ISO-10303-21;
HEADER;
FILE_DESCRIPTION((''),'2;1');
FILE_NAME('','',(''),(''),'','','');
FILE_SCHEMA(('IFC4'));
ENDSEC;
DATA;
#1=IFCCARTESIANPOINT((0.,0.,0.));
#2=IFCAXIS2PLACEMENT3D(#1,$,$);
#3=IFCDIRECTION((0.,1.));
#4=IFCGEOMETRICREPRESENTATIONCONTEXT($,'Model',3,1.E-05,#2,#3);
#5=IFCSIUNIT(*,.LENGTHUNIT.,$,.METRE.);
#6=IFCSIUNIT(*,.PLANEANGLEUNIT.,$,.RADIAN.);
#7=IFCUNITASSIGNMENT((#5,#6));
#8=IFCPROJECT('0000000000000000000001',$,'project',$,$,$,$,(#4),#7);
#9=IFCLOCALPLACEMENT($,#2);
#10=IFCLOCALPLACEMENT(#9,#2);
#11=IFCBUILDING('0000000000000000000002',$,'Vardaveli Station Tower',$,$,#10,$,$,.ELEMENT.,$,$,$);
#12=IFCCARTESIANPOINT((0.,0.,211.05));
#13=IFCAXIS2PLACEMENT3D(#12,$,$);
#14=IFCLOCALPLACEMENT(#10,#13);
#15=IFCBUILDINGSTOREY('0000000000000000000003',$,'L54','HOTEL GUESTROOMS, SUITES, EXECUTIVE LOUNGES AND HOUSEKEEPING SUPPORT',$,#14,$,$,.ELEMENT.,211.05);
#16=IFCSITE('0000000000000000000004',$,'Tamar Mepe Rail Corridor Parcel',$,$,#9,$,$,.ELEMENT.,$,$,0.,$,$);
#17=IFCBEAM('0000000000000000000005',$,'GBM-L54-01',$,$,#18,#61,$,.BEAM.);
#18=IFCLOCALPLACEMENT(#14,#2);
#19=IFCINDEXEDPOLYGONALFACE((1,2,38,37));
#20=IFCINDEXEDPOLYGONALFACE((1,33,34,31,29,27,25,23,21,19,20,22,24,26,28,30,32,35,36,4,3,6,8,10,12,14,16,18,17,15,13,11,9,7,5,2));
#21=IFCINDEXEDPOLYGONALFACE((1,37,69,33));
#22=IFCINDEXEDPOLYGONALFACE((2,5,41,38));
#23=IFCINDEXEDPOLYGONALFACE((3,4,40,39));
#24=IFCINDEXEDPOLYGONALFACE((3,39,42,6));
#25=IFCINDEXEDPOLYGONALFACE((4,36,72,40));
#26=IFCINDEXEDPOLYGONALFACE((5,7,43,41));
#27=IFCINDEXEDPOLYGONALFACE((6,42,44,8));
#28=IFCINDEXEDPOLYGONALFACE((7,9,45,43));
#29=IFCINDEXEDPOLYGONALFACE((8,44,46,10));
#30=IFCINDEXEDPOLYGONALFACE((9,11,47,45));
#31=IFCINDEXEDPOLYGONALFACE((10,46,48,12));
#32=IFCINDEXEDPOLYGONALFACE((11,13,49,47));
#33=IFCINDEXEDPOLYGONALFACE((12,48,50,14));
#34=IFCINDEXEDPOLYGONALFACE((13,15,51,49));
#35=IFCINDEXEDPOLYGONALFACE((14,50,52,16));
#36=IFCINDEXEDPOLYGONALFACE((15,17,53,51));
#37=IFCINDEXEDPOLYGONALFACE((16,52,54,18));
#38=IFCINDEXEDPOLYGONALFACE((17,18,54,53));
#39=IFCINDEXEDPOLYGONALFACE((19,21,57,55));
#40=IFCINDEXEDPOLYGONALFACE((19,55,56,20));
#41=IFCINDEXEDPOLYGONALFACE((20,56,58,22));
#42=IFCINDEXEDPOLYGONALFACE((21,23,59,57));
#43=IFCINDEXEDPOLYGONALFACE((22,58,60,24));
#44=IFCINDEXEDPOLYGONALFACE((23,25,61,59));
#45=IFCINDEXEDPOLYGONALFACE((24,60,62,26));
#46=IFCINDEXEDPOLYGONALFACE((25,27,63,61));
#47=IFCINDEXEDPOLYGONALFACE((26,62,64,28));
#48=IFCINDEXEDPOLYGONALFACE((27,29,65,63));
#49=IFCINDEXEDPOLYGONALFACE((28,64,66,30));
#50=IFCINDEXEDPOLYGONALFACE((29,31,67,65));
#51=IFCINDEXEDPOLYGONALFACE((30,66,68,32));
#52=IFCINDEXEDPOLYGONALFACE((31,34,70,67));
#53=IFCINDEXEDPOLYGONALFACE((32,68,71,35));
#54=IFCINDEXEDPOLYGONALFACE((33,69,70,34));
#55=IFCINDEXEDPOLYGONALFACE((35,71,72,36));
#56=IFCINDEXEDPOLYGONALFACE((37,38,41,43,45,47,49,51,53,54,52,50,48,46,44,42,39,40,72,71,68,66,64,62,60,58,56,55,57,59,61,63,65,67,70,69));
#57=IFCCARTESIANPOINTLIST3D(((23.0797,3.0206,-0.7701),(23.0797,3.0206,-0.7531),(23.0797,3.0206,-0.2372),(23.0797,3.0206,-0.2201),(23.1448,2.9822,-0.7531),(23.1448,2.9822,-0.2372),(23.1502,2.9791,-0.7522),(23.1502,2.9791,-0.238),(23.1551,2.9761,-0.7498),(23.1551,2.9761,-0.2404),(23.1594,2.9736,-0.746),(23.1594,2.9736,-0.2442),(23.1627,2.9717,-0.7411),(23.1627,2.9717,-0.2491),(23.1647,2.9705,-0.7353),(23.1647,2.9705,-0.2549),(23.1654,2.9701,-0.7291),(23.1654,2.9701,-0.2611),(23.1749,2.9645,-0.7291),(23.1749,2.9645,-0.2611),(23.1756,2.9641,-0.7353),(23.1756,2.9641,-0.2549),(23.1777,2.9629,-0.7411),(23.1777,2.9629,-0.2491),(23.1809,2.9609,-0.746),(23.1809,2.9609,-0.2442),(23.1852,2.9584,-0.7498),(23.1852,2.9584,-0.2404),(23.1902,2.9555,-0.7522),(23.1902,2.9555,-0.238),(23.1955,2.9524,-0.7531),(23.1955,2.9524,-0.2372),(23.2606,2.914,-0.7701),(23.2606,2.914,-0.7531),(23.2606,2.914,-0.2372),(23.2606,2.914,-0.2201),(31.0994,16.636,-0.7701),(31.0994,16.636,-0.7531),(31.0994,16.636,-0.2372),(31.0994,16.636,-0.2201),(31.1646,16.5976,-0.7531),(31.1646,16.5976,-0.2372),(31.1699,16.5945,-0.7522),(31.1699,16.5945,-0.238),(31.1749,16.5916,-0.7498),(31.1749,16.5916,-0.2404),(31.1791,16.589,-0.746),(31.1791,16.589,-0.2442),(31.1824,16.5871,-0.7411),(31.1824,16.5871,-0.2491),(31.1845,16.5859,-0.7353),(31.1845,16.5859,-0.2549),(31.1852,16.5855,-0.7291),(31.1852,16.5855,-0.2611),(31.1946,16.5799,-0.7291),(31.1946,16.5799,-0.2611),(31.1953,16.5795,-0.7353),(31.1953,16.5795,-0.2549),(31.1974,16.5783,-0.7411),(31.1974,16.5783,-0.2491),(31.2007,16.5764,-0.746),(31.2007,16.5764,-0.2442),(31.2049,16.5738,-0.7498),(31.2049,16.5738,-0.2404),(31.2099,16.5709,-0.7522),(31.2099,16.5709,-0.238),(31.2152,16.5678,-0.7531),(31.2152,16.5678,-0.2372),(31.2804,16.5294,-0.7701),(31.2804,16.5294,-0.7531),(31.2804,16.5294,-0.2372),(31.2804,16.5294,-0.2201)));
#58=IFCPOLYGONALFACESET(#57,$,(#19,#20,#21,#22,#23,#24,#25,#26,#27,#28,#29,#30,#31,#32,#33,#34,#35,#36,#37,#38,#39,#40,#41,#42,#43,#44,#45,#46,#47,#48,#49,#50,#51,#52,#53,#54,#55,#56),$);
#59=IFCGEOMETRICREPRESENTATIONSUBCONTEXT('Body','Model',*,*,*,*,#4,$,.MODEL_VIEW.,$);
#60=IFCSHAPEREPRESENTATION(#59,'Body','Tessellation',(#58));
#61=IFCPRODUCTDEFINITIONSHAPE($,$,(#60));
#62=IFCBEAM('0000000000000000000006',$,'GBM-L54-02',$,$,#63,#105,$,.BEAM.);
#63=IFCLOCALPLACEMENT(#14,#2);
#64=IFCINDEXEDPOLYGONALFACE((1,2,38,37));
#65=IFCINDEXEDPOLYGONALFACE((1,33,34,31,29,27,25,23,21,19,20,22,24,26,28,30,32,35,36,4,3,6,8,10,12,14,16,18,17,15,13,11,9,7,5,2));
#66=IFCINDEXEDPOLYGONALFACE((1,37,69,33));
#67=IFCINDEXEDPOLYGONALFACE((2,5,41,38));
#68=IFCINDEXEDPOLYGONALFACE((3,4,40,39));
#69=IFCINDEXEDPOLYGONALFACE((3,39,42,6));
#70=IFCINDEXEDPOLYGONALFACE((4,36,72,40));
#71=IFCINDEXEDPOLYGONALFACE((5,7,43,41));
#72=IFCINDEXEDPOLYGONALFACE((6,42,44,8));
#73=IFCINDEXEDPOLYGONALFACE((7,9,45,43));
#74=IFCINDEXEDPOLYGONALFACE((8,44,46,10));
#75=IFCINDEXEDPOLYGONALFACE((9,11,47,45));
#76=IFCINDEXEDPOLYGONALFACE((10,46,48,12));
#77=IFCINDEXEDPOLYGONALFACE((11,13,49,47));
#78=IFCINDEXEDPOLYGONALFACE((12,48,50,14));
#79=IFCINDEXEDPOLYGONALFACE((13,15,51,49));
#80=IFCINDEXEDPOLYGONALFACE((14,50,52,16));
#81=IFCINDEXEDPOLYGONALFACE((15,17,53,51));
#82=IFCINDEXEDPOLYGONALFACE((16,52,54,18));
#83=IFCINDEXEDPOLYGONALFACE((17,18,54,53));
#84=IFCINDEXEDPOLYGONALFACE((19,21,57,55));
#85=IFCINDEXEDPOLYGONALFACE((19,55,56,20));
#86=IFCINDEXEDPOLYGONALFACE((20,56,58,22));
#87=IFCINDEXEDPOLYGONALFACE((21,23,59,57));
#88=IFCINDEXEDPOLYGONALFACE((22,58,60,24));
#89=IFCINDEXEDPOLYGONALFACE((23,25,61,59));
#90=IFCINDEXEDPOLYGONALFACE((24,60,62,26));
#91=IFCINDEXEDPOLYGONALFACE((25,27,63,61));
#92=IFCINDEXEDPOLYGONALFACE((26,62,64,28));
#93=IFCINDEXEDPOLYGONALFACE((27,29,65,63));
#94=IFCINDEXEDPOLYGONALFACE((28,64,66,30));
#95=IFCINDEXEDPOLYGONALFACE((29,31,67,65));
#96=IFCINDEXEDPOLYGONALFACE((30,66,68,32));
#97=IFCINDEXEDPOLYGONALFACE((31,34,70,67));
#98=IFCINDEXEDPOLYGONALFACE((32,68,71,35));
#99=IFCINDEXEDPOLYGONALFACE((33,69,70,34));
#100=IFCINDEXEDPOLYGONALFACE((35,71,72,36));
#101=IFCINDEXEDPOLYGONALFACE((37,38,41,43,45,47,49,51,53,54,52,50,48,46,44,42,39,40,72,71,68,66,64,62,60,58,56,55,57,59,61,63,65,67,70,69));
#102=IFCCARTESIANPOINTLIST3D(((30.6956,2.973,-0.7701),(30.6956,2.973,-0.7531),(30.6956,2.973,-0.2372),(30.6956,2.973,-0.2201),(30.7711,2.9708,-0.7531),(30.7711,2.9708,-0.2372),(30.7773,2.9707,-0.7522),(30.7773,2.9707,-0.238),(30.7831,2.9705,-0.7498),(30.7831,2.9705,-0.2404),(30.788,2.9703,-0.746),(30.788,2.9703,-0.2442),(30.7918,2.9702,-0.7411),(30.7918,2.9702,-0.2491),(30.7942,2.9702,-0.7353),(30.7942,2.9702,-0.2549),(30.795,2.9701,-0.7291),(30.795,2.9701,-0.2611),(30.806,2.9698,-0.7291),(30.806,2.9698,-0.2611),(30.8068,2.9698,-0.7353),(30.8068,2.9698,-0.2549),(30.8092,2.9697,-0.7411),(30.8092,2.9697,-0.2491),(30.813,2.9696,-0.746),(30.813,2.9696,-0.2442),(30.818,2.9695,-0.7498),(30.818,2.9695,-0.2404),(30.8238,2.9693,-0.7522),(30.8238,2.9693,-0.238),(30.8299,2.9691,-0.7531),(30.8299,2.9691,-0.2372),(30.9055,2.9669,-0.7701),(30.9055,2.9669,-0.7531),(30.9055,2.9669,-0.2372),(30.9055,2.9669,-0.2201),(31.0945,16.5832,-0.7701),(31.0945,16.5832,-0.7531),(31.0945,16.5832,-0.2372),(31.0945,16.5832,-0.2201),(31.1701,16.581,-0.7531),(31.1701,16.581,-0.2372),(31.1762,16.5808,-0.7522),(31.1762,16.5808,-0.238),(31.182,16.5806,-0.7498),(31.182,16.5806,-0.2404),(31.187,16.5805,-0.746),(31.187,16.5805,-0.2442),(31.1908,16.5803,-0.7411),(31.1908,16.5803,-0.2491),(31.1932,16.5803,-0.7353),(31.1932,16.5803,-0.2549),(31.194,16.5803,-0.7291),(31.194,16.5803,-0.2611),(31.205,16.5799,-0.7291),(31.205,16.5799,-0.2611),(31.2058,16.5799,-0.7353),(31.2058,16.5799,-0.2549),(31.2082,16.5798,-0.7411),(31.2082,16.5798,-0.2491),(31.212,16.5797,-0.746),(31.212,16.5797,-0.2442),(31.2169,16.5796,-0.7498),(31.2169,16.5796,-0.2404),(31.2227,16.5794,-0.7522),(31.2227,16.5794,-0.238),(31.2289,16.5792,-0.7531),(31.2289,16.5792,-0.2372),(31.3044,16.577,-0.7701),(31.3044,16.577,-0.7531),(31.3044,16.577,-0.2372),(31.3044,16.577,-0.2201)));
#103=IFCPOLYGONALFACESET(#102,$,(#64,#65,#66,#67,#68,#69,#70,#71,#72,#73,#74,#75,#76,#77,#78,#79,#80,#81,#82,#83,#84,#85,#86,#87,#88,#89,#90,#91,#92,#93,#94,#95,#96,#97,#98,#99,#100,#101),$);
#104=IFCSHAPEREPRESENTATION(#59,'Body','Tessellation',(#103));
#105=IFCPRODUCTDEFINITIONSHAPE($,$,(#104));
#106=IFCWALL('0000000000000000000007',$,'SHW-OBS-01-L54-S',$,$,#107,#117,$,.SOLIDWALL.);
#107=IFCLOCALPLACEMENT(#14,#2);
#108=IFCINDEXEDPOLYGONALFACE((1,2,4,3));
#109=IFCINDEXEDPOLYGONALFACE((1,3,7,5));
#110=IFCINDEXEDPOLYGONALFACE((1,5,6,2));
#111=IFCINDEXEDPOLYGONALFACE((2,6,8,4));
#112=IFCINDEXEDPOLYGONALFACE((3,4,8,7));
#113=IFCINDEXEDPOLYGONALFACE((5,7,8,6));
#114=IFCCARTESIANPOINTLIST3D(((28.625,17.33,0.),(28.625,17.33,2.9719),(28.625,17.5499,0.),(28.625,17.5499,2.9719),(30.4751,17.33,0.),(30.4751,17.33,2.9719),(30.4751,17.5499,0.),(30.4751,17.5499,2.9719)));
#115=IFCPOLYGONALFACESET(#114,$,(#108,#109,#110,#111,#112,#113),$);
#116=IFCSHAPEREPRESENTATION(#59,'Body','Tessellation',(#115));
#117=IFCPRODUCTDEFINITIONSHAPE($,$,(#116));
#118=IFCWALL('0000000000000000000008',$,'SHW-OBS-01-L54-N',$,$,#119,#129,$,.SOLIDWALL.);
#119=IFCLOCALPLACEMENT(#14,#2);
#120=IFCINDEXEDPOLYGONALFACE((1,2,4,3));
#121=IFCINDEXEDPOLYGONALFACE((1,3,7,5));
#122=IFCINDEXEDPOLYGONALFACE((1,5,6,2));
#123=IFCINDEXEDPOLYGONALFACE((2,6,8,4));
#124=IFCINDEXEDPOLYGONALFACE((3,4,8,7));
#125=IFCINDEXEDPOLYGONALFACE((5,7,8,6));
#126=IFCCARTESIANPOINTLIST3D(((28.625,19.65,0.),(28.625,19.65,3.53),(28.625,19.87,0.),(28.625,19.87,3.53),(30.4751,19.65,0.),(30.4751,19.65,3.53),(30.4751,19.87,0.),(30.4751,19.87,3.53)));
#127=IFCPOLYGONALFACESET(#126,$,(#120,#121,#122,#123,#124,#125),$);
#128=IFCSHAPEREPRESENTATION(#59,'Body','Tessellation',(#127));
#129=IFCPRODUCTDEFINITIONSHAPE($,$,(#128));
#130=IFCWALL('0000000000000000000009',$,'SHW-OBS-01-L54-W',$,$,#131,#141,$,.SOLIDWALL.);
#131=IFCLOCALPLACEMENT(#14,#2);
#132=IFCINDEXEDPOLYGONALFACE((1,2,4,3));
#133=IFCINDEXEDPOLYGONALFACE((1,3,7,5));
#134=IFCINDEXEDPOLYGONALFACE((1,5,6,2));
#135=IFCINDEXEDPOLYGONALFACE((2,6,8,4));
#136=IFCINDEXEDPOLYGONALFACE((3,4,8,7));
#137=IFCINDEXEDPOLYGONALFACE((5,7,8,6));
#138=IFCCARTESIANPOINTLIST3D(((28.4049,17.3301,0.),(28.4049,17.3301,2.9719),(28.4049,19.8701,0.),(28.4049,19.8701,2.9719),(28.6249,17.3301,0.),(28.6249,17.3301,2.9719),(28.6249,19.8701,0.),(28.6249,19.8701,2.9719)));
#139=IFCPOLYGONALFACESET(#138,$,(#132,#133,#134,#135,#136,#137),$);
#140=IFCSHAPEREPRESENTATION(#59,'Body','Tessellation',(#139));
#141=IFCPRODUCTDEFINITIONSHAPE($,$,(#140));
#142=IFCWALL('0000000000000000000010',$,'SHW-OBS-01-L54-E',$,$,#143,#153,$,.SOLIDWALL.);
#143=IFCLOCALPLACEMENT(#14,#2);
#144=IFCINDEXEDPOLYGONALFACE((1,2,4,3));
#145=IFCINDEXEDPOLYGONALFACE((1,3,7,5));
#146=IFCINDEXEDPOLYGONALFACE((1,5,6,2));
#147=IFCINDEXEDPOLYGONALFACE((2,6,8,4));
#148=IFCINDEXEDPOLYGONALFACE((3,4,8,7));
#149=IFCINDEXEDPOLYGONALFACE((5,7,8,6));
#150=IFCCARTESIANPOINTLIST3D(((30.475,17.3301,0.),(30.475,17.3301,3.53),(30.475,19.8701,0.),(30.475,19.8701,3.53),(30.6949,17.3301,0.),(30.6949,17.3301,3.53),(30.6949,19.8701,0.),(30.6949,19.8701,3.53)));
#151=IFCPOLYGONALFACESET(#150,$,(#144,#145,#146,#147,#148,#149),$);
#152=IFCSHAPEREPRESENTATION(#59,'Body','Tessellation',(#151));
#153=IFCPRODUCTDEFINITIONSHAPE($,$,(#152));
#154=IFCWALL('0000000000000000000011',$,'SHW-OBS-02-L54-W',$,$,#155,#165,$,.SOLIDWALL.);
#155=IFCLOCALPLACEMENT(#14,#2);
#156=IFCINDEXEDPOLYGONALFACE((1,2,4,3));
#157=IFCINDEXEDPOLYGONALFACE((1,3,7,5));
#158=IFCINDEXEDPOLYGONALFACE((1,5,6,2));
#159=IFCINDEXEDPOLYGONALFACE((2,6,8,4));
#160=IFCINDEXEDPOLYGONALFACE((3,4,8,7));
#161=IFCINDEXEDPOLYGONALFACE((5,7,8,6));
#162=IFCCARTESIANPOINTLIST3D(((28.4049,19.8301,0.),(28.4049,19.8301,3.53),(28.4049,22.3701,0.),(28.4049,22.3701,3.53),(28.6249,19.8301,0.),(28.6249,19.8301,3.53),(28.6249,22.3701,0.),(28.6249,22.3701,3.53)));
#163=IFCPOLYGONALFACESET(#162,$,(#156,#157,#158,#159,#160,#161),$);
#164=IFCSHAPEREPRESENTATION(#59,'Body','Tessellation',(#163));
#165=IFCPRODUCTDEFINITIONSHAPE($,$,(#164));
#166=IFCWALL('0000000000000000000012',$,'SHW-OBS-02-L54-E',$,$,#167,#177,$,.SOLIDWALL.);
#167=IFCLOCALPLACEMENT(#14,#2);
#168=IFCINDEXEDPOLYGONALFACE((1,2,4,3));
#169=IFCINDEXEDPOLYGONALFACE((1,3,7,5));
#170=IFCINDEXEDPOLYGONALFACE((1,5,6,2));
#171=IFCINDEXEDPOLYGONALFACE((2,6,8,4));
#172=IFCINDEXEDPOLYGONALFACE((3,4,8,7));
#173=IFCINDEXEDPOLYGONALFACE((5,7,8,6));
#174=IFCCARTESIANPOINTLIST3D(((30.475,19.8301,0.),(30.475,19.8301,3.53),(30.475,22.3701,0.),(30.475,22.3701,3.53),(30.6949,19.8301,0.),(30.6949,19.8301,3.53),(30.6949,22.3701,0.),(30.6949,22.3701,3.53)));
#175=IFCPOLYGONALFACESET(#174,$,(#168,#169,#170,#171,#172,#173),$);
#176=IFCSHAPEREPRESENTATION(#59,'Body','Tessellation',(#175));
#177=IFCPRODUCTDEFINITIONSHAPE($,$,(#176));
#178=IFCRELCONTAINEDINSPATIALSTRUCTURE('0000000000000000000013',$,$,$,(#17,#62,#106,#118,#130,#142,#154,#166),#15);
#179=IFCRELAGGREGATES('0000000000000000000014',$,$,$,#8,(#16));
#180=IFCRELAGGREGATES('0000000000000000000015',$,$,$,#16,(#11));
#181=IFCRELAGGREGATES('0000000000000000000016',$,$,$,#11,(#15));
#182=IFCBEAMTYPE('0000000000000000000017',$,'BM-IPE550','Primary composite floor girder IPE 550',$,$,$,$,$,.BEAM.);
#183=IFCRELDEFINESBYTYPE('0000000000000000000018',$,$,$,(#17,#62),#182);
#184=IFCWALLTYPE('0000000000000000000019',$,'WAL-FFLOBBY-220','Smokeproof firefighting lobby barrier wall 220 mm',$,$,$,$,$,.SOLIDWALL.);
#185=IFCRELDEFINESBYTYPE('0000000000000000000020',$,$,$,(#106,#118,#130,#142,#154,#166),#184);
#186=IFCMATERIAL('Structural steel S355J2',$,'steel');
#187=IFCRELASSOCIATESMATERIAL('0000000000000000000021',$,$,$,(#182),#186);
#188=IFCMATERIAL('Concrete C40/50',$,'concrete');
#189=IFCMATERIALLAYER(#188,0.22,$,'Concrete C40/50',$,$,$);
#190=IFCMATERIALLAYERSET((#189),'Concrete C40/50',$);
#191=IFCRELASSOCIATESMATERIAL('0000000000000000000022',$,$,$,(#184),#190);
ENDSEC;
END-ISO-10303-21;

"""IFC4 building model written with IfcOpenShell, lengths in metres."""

from ifc_helpers import new_model, si_unit, direction, frame, frame_2d, origin, origin_2d, place, context, subcontext, project, spatial, rectangle, i_section, extrude, source, transform, mapped, material, layer, layer_set, material_profile, profile_set, type_object, element, save


model = new_model("IFC4")

# Units and contexts
model_context = context("Model", 3, precision=1e-05, world=origin(), true_north=direction((0.0, 1.0)))
body_context = subcontext(model_context, "Body", "Model", "MODEL_VIEW")
ifc_project = project(units=[si_unit("LENGTHUNIT", "METRE"), si_unit("PLANEANGLEUNIT", "RADIAN")], contexts=[model_context])

# Site, building, storey
site_placement = place(None, origin())
site = spatial("IfcSite", under=ifc_project, at=site_placement, Name="Tamar Mepe Rail Corridor Parcel", CompositionType="ELEMENT", RefElevation=0.0)
building_placement = place(site_placement, origin())
building = spatial("IfcBuilding", under=site, at=building_placement, Name="Vardaveli Station Tower", CompositionType="ELEMENT")
storey_placement = place(building_placement, frame((0.0, 0.0, 211.05)))
storey = spatial("IfcBuildingStorey", under=building, at=storey_placement, Name="L54", Description="HOTEL GUESTROOMS, SUITES, EXECUTIVE LOUNGES AND HOUSEKEEPING SUPPORT", CompositionType="ELEMENT", Elevation=211.05)

# Beams
ifc_material_1 = material(Name="Structural steel S355J2", Category="steel")
ifc_material_profile_1 = material_profile(ifc_material_1, i_section(OverallWidth=0.21, OverallDepth=0.55, WebThickness=0.011, FlangeThickness=0.0171, FilletRadius=0.0239, at=origin_2d()), Name="IPE 550")
ifc_profile_set_1 = profile_set([ifc_material_profile_1], Name="Structural steel S355J2")
beam_type_1 = type_object("IfcBeamType", Name="BM-IPE550", Description="Primary composite floor girder IPE 550", PredefinedType="BEAM", material=ifc_profile_set_1)
shared_shape_1 = source(origin(), body_context, "Body", "SweptSolid", [
    extrude(i_section(OverallWidth=0.21, OverallDepth=0.55, WebThickness=0.011, FlangeThickness=0.0171, FilletRadius=0.0239, at=origin_2d()), origin(), (0.0, 0.0, 1.0), 15.8018),
])
beam_1_placement = place(storey_placement, frame((23.1702, 2.9673, -0.4951), z_axis=(0.507522, 0.861639, 0.0), x_axis=(-0.861639, 0.507522, 0.0)))
element("IfcBeam", 1, at=beam_1_placement, inside=storey, type_object=beam_type_1, Name="GBM-L54-01", PredefinedType="BEAM", context=body_context, shape_type="MappedRepresentation", body=[
    mapped(shared_shape_1, transform((0.0, 0.0, 0.0), scale=1.0)),
])
shared_shape_2 = source(origin(), body_context, "Body", "SweptSolid", [
    extrude(i_section(OverallWidth=0.21, OverallDepth=0.55, WebThickness=0.011, FlangeThickness=0.0171, FilletRadius=0.0239, at=origin_2d()), origin(), (0.0, 0.0, 1.0), 13.616),
])
beam_2_placement = place(storey_placement, frame((30.8005, 2.97, -0.4951), z_axis=(0.029298, 0.999571, 0.0), x_axis=(-0.999571, 0.029298, 0.0)))
element("IfcBeam", 2, at=beam_2_placement, inside=storey, type_object=beam_type_1, Name="GBM-L54-02", PredefinedType="BEAM", context=body_context, shape_type="MappedRepresentation", body=[
    mapped(shared_shape_2, transform((0.0, 0.0, 0.0), scale=1.0)),
])

# Walls
ifc_material_2 = material(Name="Concrete C40/50", Category="concrete")
ifc_layer_1 = layer(ifc_material_2, 0.22, Name="Concrete C40/50")
ifc_layer_set_1 = layer_set([ifc_layer_1], Name="Concrete C40/50")
wall_type_1 = type_object("IfcWallType", Name="WAL-FFLOBBY-220", Description="Smokeproof firefighting lobby barrier wall 220 mm", PredefinedType="SOLIDWALL", material=ifc_layer_set_1)
shared_shape_3 = source(origin(), body_context, "Body", "SweptSolid", [
    extrude(rectangle(XDim=1.8501, YDim=0.22, at=frame_2d((0.925, 0.0))), origin(), (0.0, 0.0, 1.0), 2.9719),
])
wall_1_placement = place(storey_placement, frame((28.625, 17.4399, 0.0), z_axis=(0.0, 0.0, 1.0), x_axis=(1.0, 0.0, 0.0)))
element("IfcWall", 3, at=wall_1_placement, inside=storey, type_object=wall_type_1, Name="SHW-OBS-01-L54-S", PredefinedType="SOLIDWALL", context=body_context, shape_type="MappedRepresentation", body=[
    mapped(shared_shape_3, transform((0.0, 0.0, 0.0), scale=1.0)),
])
shared_shape_4 = source(origin(), body_context, "Body", "SweptSolid", [
    extrude(rectangle(XDim=1.8501, YDim=0.22, at=frame_2d((0.925, 0.0))), origin(), (0.0, 0.0, 1.0), 3.53),
])
wall_2_placement = place(storey_placement, frame((28.625, 19.76, 0.0), z_axis=(0.0, 0.0, 1.0), x_axis=(1.0, 0.0, 0.0)))
element("IfcWall", 4, at=wall_2_placement, inside=storey, type_object=wall_type_1, Name="SHW-OBS-01-L54-N", PredefinedType="SOLIDWALL", context=body_context, shape_type="MappedRepresentation", body=[
    mapped(shared_shape_4, transform((0.0, 0.0, 0.0), scale=1.0)),
])
shared_shape_5 = source(origin(), body_context, "Body", "SweptSolid", [
    extrude(rectangle(XDim=2.54, YDim=0.22, at=frame_2d((1.27, 0.0))), origin(), (0.0, 0.0, 1.0), 2.9719),
])
wall_3_placement = place(storey_placement, frame((28.5149, 17.3301, 0.0), z_axis=(0.0, 0.0, 1.0), x_axis=(0.0, 1.0, 0.0)))
element("IfcWall", 5, at=wall_3_placement, inside=storey, type_object=wall_type_1, Name="SHW-OBS-01-L54-W", PredefinedType="SOLIDWALL", context=body_context, shape_type="MappedRepresentation", body=[
    mapped(shared_shape_5, transform((0.0, 0.0, 0.0), scale=1.0)),
])
shared_shape_6 = source(origin(), body_context, "Body", "SweptSolid", [
    extrude(rectangle(XDim=2.54, YDim=0.22, at=frame_2d((1.27, 0.0))), origin(), (0.0, 0.0, 1.0), 3.53),
])
for number, where, z_axis, x_axis, name in (
    (6, (30.585, 17.3301, 0.0), (0.0, 0.0, 1.0), (0.0, 1.0, 0.0), "SHW-OBS-01-L54-E"),
    (7, (28.5149, 19.8301, 0.0), (0.0, 0.0, 1.0), (0.0, 1.0, 0.0), "SHW-OBS-02-L54-W"),
    (8, (30.585, 19.8301, 0.0), (0.0, 0.0, 1.0), (0.0, 1.0, 0.0), "SHW-OBS-02-L54-E"),
):
    element("IfcWall", number, at=place(storey_placement, frame(where, z_axis=z_axis, x_axis=x_axis)), inside=storey, type_object=wall_type_1, Name=name, PredefinedType="SOLIDWALL", context=body_context, shape_type="MappedRepresentation", body=[
        mapped(shared_shape_6, transform((0.0, 0.0, 0.0), scale=1.0)),
    ])

save(model, "model.ifc")
